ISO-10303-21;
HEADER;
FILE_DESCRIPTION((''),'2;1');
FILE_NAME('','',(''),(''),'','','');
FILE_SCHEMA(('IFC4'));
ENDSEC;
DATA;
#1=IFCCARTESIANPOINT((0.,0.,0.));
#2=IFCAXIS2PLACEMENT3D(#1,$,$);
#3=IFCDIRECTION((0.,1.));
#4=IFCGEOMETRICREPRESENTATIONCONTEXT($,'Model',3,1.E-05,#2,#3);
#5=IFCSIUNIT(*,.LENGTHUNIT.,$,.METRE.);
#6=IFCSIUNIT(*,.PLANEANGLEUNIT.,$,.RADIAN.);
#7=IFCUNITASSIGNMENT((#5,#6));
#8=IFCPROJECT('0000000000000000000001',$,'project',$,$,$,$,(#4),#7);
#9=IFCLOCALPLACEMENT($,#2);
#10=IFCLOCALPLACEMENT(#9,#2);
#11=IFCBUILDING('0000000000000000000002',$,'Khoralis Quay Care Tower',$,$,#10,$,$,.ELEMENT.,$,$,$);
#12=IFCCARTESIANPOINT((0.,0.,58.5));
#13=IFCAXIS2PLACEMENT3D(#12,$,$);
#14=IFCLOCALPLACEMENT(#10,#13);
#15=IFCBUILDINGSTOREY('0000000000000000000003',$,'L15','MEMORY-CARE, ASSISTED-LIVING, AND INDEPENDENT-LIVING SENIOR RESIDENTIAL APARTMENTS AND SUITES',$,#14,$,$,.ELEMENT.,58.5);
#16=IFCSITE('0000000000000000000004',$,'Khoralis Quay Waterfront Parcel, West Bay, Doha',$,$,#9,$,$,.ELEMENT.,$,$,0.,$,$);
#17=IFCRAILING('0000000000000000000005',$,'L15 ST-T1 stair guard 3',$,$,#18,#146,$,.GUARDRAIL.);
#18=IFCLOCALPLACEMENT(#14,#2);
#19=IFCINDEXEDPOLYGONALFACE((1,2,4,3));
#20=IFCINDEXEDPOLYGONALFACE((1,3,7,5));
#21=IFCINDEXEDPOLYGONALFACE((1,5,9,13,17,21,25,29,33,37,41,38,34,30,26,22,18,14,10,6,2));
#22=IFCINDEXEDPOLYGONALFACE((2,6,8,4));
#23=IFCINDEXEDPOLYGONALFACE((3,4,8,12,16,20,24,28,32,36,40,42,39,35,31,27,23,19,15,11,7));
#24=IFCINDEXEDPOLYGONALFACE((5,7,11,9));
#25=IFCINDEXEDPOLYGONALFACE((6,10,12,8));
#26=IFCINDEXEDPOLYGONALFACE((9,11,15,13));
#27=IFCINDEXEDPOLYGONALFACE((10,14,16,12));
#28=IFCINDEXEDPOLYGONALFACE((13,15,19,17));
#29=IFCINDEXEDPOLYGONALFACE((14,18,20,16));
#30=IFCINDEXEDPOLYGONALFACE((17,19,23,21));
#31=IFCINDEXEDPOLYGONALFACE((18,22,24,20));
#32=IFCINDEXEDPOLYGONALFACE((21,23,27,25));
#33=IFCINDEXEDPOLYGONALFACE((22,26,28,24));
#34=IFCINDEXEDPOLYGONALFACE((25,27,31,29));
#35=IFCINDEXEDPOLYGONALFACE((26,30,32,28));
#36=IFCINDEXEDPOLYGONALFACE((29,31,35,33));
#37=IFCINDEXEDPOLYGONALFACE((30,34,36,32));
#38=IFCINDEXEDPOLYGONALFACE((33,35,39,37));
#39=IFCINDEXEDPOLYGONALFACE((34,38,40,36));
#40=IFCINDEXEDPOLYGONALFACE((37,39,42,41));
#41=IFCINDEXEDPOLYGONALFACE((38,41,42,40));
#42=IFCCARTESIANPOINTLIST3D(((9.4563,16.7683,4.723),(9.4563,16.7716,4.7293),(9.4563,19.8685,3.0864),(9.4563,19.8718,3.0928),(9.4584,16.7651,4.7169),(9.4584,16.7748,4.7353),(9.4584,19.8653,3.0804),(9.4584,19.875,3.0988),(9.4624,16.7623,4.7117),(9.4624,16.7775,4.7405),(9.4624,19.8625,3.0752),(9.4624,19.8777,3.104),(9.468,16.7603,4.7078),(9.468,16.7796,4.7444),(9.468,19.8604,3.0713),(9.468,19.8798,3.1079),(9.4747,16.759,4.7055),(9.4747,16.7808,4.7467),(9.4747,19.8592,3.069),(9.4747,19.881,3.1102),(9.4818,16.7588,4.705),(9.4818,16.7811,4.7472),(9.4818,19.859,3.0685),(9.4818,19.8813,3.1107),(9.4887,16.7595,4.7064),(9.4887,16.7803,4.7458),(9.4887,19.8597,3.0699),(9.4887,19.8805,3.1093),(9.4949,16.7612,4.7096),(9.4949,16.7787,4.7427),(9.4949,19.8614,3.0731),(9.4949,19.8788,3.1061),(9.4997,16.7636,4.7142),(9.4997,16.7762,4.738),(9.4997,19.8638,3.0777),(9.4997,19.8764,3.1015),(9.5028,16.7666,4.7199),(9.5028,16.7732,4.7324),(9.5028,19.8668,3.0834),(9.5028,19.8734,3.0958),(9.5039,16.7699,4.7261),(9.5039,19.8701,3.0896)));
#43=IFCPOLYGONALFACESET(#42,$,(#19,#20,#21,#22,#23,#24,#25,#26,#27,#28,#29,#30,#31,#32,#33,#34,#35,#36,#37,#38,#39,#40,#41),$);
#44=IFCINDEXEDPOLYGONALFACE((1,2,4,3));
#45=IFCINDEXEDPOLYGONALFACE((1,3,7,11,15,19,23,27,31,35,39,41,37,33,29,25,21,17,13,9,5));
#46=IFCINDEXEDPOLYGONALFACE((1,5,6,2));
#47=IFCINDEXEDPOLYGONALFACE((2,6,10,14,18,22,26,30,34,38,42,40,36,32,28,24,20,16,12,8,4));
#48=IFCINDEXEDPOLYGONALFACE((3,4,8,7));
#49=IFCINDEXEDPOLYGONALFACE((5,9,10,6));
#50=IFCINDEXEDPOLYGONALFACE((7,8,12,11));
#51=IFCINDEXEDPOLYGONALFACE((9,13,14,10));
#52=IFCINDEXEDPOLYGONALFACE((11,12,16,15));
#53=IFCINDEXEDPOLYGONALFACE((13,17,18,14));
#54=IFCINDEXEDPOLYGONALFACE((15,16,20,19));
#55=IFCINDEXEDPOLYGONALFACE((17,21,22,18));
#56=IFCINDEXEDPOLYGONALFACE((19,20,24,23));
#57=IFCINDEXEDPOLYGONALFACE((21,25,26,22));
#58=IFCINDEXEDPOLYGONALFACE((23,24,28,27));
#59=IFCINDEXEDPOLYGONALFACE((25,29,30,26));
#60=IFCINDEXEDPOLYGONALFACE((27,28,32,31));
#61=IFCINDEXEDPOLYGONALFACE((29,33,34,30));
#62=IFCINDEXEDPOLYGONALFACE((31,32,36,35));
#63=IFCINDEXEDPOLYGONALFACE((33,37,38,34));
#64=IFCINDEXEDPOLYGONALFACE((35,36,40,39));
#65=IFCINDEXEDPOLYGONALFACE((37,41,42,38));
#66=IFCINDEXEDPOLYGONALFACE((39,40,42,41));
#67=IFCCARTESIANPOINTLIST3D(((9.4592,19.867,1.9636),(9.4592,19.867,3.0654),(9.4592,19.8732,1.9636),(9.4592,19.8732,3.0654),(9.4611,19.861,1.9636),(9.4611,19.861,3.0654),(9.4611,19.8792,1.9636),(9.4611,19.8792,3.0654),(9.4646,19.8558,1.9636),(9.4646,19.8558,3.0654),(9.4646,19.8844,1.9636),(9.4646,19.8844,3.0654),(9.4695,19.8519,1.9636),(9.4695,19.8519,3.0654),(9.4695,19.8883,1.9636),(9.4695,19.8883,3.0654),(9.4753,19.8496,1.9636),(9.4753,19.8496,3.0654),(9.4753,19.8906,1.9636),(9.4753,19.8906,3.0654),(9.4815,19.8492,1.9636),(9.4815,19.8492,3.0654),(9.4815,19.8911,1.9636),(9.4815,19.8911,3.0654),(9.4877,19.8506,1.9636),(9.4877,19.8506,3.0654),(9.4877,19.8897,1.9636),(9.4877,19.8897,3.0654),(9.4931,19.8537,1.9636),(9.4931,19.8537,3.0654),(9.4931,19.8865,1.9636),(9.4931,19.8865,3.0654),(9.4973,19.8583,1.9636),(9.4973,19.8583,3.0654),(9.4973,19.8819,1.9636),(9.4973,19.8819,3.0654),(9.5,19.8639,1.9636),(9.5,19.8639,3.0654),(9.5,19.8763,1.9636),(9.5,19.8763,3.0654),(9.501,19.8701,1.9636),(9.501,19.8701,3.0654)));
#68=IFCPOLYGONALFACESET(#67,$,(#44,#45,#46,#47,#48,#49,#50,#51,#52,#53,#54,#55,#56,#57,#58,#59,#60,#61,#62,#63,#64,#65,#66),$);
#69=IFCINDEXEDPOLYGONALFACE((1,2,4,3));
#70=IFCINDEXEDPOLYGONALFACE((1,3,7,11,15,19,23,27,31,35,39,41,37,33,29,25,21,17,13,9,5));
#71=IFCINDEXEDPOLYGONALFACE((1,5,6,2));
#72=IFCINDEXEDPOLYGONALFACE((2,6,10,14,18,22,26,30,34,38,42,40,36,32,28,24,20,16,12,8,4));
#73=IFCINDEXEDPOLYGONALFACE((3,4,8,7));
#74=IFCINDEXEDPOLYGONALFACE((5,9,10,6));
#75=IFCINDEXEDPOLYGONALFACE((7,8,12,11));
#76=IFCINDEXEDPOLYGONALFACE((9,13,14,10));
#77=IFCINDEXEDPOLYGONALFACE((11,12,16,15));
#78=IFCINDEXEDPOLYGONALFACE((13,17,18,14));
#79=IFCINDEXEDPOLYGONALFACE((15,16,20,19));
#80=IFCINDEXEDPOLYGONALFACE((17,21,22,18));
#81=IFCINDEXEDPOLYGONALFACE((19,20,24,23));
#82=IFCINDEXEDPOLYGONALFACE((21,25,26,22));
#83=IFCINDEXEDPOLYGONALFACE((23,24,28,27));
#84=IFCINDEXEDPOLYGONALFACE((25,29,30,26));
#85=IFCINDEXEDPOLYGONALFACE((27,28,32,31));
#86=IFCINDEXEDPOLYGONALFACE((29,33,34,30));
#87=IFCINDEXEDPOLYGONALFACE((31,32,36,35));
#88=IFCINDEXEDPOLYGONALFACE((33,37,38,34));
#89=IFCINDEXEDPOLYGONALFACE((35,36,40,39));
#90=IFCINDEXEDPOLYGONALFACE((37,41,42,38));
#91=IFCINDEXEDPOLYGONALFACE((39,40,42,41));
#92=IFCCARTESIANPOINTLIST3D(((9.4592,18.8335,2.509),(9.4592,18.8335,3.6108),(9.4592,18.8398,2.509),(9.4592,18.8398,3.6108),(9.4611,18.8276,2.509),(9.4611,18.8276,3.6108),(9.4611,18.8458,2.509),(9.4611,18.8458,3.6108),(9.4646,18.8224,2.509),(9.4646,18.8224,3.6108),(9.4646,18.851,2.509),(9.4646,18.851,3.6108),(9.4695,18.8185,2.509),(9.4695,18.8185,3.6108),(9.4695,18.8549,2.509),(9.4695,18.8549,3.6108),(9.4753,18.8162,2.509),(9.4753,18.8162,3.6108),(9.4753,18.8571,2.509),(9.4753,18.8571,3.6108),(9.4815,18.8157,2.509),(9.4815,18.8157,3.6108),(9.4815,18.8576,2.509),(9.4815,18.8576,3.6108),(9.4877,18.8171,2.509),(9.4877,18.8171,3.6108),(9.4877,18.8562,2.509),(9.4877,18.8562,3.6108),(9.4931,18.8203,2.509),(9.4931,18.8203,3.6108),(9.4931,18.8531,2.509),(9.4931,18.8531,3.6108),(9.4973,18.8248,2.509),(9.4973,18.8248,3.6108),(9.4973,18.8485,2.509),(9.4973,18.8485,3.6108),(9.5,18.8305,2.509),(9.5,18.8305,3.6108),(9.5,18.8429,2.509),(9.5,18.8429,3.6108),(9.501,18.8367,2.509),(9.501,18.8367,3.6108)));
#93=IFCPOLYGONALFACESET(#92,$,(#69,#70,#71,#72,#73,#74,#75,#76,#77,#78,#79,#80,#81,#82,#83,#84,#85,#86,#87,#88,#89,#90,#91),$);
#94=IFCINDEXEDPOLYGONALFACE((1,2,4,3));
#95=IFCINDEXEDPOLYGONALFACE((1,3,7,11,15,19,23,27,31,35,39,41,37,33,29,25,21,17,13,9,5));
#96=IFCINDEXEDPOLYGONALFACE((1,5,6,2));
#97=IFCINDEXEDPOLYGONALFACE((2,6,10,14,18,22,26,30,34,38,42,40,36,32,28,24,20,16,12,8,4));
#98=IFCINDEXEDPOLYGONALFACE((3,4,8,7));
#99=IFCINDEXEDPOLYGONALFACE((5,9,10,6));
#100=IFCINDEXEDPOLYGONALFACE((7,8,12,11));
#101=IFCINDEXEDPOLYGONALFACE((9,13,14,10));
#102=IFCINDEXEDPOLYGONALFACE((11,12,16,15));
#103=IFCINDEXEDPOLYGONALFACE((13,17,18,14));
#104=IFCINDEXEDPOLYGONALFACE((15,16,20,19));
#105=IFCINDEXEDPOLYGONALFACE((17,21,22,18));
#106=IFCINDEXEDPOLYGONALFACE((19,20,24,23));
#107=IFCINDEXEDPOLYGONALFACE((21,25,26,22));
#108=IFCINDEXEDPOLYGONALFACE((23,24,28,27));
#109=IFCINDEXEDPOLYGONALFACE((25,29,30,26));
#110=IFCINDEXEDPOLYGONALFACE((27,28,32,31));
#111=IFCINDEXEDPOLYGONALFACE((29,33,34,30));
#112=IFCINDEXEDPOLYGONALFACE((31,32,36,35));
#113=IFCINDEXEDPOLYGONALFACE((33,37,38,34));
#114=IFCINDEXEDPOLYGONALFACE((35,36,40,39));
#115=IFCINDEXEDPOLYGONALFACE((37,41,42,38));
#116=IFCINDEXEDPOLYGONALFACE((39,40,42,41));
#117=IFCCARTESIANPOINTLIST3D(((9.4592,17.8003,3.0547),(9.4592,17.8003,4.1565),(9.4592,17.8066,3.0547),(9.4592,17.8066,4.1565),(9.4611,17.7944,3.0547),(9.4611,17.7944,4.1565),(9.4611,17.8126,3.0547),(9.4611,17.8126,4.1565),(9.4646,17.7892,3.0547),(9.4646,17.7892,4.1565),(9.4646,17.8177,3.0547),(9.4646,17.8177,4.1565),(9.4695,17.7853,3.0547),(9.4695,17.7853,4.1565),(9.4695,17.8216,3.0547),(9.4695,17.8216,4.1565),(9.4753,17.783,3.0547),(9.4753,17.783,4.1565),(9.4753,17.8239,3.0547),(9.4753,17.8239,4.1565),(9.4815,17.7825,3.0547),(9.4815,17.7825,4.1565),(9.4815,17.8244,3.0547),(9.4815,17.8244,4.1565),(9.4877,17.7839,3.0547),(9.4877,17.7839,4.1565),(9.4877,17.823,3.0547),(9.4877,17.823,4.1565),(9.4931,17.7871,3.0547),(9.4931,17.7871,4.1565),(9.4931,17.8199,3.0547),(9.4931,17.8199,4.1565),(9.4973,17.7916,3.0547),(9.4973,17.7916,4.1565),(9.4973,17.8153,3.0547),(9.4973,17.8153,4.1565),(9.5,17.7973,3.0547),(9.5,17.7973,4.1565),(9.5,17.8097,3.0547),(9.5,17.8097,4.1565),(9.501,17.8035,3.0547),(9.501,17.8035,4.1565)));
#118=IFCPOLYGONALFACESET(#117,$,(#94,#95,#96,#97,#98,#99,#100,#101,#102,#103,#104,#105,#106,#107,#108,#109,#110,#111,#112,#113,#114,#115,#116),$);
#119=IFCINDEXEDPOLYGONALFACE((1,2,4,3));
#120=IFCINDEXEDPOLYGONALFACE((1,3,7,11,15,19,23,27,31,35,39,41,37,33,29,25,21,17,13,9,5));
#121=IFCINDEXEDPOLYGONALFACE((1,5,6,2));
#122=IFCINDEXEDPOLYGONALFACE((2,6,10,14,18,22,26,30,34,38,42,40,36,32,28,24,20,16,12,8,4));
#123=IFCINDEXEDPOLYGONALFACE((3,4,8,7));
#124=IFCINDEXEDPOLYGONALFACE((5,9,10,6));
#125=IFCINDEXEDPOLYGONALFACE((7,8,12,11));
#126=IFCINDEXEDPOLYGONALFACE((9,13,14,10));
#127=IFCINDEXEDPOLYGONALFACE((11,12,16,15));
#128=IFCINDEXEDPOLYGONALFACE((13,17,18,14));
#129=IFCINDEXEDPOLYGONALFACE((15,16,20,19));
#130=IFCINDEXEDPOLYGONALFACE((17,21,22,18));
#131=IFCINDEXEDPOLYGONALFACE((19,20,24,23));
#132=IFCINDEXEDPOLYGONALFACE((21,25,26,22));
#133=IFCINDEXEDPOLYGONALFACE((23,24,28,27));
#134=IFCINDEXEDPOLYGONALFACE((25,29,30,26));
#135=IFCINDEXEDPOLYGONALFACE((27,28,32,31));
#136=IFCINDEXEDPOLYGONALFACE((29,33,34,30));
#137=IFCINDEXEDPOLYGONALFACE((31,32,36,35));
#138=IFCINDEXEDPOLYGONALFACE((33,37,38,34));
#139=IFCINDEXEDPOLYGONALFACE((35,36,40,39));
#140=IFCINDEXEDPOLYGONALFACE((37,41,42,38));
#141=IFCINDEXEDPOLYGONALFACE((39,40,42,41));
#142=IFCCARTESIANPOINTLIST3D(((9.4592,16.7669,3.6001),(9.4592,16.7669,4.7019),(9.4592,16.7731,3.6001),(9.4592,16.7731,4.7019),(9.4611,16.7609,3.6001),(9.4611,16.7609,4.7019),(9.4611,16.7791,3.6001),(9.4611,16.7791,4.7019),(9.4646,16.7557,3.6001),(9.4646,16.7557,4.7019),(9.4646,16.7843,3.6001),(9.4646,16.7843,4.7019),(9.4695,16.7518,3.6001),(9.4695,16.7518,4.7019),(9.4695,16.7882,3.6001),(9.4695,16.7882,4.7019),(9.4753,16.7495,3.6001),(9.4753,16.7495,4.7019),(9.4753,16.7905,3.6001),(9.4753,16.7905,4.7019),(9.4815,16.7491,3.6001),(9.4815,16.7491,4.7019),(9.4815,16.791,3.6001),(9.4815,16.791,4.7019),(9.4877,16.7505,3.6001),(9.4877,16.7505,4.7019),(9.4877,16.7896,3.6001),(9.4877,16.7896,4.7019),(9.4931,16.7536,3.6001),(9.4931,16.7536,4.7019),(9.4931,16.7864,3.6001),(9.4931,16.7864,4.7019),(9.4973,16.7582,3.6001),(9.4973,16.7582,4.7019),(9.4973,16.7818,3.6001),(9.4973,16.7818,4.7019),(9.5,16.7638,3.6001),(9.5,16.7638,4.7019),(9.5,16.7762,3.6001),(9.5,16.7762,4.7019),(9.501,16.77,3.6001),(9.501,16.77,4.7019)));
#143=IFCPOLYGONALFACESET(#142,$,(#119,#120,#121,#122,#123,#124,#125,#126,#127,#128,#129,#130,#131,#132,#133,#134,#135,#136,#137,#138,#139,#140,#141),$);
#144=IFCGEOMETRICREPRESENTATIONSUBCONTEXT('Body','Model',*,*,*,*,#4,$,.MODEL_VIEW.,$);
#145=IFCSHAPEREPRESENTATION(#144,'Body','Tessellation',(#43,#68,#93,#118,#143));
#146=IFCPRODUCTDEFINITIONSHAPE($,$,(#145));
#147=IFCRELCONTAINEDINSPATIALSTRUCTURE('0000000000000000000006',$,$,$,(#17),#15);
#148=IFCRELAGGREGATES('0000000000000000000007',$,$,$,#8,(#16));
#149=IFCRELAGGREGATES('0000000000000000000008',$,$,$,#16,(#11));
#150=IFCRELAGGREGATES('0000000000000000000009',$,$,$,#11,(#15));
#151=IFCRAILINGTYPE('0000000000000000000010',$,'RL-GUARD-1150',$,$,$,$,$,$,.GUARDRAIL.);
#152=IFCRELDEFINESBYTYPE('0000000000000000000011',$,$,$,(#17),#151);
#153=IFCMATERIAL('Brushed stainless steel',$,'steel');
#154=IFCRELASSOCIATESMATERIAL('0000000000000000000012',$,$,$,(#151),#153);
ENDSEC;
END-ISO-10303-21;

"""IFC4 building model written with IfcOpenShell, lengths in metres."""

from ifc_helpers import new_model, si_unit, direction, frame, origin, origin_2d, place, context, subcontext, project, spatial, circle, extrude, material, type_object, element, save


model = new_model("IFC4")

# Units and contexts
model_context = context("Model", 3, precision=1e-05, world=origin(), true_north=direction((0.0, 1.0)))
body_context = subcontext(model_context, "Body", "Model", "MODEL_VIEW")
ifc_project = project(units=[si_unit("LENGTHUNIT", "METRE"), si_unit("PLANEANGLEUNIT", "RADIAN")], contexts=[model_context])

# Site, building, storey
site_placement = place(None, origin())
site = spatial("IfcSite", under=ifc_project, at=site_placement, Name="Khoralis Quay Waterfront Parcel, West Bay, Doha", CompositionType="ELEMENT", RefElevation=0.0)
building_placement = place(site_placement, origin())
building = spatial("IfcBuilding", under=site, at=building_placement, Name="Khoralis Quay Care Tower", CompositionType="ELEMENT")
storey_placement = place(building_placement, frame((0.0, 0.0, 58.5)))
storey = spatial("IfcBuildingStorey", under=building, at=storey_placement, Name="L15", Description="MEMORY-CARE, ASSISTED-LIVING, AND INDEPENDENT-LIVING SENIOR RESIDENTIAL APARTMENTS AND SUITES", CompositionType="ELEMENT", Elevation=58.5)

# Shared definitions
ifc_material_1 = material(Name="Brushed stainless steel", Category="steel")

# Railing
railing_type_1 = type_object("IfcRailingType", Name="RL-GUARD-1150", PredefinedType="GUARDRAIL", material=ifc_material_1)
railing_1_placement = place(storey_placement, frame((9.48, 19.8701, 1.9636)))
element("IfcRailing", 1, at=railing_1_placement, inside=storey, type_object=railing_type_1, Name="L15 ST-T1 stair guard 3", PredefinedType="GUARDRAIL", context=body_context, shape_type="SweptSolid", body=[
    extrude(circle(Radius=0.0239, at=origin_2d()), frame((0.0, 0.0, 1.126), z_axis=(0.0, -0.884348, 0.466828), x_axis=(1.0, 0.0, 0.0)), (0.0, 0.0, 1.0), 3.5056),
    extrude(circle(Radius=0.021, at=origin_2d()), origin(), (0.0, 0.0, 1.0), 1.1018),
    extrude(circle(Radius=0.021, at=origin_2d()), frame((0.0, -1.0334, 0.5454)), (0.0, 0.0, 1.0), 1.1018),
    extrude(circle(Radius=0.021, at=origin_2d()), frame((0.0, -2.0667, 1.0911)), (0.0, 0.0, 1.0), 1.1018),
    extrude(circle(Radius=0.021, at=origin_2d()), frame((0.0, -3.1001, 1.6365)), (0.0, 0.0, 1.0), 1.1018),
])

save(model, "model.ifc")
